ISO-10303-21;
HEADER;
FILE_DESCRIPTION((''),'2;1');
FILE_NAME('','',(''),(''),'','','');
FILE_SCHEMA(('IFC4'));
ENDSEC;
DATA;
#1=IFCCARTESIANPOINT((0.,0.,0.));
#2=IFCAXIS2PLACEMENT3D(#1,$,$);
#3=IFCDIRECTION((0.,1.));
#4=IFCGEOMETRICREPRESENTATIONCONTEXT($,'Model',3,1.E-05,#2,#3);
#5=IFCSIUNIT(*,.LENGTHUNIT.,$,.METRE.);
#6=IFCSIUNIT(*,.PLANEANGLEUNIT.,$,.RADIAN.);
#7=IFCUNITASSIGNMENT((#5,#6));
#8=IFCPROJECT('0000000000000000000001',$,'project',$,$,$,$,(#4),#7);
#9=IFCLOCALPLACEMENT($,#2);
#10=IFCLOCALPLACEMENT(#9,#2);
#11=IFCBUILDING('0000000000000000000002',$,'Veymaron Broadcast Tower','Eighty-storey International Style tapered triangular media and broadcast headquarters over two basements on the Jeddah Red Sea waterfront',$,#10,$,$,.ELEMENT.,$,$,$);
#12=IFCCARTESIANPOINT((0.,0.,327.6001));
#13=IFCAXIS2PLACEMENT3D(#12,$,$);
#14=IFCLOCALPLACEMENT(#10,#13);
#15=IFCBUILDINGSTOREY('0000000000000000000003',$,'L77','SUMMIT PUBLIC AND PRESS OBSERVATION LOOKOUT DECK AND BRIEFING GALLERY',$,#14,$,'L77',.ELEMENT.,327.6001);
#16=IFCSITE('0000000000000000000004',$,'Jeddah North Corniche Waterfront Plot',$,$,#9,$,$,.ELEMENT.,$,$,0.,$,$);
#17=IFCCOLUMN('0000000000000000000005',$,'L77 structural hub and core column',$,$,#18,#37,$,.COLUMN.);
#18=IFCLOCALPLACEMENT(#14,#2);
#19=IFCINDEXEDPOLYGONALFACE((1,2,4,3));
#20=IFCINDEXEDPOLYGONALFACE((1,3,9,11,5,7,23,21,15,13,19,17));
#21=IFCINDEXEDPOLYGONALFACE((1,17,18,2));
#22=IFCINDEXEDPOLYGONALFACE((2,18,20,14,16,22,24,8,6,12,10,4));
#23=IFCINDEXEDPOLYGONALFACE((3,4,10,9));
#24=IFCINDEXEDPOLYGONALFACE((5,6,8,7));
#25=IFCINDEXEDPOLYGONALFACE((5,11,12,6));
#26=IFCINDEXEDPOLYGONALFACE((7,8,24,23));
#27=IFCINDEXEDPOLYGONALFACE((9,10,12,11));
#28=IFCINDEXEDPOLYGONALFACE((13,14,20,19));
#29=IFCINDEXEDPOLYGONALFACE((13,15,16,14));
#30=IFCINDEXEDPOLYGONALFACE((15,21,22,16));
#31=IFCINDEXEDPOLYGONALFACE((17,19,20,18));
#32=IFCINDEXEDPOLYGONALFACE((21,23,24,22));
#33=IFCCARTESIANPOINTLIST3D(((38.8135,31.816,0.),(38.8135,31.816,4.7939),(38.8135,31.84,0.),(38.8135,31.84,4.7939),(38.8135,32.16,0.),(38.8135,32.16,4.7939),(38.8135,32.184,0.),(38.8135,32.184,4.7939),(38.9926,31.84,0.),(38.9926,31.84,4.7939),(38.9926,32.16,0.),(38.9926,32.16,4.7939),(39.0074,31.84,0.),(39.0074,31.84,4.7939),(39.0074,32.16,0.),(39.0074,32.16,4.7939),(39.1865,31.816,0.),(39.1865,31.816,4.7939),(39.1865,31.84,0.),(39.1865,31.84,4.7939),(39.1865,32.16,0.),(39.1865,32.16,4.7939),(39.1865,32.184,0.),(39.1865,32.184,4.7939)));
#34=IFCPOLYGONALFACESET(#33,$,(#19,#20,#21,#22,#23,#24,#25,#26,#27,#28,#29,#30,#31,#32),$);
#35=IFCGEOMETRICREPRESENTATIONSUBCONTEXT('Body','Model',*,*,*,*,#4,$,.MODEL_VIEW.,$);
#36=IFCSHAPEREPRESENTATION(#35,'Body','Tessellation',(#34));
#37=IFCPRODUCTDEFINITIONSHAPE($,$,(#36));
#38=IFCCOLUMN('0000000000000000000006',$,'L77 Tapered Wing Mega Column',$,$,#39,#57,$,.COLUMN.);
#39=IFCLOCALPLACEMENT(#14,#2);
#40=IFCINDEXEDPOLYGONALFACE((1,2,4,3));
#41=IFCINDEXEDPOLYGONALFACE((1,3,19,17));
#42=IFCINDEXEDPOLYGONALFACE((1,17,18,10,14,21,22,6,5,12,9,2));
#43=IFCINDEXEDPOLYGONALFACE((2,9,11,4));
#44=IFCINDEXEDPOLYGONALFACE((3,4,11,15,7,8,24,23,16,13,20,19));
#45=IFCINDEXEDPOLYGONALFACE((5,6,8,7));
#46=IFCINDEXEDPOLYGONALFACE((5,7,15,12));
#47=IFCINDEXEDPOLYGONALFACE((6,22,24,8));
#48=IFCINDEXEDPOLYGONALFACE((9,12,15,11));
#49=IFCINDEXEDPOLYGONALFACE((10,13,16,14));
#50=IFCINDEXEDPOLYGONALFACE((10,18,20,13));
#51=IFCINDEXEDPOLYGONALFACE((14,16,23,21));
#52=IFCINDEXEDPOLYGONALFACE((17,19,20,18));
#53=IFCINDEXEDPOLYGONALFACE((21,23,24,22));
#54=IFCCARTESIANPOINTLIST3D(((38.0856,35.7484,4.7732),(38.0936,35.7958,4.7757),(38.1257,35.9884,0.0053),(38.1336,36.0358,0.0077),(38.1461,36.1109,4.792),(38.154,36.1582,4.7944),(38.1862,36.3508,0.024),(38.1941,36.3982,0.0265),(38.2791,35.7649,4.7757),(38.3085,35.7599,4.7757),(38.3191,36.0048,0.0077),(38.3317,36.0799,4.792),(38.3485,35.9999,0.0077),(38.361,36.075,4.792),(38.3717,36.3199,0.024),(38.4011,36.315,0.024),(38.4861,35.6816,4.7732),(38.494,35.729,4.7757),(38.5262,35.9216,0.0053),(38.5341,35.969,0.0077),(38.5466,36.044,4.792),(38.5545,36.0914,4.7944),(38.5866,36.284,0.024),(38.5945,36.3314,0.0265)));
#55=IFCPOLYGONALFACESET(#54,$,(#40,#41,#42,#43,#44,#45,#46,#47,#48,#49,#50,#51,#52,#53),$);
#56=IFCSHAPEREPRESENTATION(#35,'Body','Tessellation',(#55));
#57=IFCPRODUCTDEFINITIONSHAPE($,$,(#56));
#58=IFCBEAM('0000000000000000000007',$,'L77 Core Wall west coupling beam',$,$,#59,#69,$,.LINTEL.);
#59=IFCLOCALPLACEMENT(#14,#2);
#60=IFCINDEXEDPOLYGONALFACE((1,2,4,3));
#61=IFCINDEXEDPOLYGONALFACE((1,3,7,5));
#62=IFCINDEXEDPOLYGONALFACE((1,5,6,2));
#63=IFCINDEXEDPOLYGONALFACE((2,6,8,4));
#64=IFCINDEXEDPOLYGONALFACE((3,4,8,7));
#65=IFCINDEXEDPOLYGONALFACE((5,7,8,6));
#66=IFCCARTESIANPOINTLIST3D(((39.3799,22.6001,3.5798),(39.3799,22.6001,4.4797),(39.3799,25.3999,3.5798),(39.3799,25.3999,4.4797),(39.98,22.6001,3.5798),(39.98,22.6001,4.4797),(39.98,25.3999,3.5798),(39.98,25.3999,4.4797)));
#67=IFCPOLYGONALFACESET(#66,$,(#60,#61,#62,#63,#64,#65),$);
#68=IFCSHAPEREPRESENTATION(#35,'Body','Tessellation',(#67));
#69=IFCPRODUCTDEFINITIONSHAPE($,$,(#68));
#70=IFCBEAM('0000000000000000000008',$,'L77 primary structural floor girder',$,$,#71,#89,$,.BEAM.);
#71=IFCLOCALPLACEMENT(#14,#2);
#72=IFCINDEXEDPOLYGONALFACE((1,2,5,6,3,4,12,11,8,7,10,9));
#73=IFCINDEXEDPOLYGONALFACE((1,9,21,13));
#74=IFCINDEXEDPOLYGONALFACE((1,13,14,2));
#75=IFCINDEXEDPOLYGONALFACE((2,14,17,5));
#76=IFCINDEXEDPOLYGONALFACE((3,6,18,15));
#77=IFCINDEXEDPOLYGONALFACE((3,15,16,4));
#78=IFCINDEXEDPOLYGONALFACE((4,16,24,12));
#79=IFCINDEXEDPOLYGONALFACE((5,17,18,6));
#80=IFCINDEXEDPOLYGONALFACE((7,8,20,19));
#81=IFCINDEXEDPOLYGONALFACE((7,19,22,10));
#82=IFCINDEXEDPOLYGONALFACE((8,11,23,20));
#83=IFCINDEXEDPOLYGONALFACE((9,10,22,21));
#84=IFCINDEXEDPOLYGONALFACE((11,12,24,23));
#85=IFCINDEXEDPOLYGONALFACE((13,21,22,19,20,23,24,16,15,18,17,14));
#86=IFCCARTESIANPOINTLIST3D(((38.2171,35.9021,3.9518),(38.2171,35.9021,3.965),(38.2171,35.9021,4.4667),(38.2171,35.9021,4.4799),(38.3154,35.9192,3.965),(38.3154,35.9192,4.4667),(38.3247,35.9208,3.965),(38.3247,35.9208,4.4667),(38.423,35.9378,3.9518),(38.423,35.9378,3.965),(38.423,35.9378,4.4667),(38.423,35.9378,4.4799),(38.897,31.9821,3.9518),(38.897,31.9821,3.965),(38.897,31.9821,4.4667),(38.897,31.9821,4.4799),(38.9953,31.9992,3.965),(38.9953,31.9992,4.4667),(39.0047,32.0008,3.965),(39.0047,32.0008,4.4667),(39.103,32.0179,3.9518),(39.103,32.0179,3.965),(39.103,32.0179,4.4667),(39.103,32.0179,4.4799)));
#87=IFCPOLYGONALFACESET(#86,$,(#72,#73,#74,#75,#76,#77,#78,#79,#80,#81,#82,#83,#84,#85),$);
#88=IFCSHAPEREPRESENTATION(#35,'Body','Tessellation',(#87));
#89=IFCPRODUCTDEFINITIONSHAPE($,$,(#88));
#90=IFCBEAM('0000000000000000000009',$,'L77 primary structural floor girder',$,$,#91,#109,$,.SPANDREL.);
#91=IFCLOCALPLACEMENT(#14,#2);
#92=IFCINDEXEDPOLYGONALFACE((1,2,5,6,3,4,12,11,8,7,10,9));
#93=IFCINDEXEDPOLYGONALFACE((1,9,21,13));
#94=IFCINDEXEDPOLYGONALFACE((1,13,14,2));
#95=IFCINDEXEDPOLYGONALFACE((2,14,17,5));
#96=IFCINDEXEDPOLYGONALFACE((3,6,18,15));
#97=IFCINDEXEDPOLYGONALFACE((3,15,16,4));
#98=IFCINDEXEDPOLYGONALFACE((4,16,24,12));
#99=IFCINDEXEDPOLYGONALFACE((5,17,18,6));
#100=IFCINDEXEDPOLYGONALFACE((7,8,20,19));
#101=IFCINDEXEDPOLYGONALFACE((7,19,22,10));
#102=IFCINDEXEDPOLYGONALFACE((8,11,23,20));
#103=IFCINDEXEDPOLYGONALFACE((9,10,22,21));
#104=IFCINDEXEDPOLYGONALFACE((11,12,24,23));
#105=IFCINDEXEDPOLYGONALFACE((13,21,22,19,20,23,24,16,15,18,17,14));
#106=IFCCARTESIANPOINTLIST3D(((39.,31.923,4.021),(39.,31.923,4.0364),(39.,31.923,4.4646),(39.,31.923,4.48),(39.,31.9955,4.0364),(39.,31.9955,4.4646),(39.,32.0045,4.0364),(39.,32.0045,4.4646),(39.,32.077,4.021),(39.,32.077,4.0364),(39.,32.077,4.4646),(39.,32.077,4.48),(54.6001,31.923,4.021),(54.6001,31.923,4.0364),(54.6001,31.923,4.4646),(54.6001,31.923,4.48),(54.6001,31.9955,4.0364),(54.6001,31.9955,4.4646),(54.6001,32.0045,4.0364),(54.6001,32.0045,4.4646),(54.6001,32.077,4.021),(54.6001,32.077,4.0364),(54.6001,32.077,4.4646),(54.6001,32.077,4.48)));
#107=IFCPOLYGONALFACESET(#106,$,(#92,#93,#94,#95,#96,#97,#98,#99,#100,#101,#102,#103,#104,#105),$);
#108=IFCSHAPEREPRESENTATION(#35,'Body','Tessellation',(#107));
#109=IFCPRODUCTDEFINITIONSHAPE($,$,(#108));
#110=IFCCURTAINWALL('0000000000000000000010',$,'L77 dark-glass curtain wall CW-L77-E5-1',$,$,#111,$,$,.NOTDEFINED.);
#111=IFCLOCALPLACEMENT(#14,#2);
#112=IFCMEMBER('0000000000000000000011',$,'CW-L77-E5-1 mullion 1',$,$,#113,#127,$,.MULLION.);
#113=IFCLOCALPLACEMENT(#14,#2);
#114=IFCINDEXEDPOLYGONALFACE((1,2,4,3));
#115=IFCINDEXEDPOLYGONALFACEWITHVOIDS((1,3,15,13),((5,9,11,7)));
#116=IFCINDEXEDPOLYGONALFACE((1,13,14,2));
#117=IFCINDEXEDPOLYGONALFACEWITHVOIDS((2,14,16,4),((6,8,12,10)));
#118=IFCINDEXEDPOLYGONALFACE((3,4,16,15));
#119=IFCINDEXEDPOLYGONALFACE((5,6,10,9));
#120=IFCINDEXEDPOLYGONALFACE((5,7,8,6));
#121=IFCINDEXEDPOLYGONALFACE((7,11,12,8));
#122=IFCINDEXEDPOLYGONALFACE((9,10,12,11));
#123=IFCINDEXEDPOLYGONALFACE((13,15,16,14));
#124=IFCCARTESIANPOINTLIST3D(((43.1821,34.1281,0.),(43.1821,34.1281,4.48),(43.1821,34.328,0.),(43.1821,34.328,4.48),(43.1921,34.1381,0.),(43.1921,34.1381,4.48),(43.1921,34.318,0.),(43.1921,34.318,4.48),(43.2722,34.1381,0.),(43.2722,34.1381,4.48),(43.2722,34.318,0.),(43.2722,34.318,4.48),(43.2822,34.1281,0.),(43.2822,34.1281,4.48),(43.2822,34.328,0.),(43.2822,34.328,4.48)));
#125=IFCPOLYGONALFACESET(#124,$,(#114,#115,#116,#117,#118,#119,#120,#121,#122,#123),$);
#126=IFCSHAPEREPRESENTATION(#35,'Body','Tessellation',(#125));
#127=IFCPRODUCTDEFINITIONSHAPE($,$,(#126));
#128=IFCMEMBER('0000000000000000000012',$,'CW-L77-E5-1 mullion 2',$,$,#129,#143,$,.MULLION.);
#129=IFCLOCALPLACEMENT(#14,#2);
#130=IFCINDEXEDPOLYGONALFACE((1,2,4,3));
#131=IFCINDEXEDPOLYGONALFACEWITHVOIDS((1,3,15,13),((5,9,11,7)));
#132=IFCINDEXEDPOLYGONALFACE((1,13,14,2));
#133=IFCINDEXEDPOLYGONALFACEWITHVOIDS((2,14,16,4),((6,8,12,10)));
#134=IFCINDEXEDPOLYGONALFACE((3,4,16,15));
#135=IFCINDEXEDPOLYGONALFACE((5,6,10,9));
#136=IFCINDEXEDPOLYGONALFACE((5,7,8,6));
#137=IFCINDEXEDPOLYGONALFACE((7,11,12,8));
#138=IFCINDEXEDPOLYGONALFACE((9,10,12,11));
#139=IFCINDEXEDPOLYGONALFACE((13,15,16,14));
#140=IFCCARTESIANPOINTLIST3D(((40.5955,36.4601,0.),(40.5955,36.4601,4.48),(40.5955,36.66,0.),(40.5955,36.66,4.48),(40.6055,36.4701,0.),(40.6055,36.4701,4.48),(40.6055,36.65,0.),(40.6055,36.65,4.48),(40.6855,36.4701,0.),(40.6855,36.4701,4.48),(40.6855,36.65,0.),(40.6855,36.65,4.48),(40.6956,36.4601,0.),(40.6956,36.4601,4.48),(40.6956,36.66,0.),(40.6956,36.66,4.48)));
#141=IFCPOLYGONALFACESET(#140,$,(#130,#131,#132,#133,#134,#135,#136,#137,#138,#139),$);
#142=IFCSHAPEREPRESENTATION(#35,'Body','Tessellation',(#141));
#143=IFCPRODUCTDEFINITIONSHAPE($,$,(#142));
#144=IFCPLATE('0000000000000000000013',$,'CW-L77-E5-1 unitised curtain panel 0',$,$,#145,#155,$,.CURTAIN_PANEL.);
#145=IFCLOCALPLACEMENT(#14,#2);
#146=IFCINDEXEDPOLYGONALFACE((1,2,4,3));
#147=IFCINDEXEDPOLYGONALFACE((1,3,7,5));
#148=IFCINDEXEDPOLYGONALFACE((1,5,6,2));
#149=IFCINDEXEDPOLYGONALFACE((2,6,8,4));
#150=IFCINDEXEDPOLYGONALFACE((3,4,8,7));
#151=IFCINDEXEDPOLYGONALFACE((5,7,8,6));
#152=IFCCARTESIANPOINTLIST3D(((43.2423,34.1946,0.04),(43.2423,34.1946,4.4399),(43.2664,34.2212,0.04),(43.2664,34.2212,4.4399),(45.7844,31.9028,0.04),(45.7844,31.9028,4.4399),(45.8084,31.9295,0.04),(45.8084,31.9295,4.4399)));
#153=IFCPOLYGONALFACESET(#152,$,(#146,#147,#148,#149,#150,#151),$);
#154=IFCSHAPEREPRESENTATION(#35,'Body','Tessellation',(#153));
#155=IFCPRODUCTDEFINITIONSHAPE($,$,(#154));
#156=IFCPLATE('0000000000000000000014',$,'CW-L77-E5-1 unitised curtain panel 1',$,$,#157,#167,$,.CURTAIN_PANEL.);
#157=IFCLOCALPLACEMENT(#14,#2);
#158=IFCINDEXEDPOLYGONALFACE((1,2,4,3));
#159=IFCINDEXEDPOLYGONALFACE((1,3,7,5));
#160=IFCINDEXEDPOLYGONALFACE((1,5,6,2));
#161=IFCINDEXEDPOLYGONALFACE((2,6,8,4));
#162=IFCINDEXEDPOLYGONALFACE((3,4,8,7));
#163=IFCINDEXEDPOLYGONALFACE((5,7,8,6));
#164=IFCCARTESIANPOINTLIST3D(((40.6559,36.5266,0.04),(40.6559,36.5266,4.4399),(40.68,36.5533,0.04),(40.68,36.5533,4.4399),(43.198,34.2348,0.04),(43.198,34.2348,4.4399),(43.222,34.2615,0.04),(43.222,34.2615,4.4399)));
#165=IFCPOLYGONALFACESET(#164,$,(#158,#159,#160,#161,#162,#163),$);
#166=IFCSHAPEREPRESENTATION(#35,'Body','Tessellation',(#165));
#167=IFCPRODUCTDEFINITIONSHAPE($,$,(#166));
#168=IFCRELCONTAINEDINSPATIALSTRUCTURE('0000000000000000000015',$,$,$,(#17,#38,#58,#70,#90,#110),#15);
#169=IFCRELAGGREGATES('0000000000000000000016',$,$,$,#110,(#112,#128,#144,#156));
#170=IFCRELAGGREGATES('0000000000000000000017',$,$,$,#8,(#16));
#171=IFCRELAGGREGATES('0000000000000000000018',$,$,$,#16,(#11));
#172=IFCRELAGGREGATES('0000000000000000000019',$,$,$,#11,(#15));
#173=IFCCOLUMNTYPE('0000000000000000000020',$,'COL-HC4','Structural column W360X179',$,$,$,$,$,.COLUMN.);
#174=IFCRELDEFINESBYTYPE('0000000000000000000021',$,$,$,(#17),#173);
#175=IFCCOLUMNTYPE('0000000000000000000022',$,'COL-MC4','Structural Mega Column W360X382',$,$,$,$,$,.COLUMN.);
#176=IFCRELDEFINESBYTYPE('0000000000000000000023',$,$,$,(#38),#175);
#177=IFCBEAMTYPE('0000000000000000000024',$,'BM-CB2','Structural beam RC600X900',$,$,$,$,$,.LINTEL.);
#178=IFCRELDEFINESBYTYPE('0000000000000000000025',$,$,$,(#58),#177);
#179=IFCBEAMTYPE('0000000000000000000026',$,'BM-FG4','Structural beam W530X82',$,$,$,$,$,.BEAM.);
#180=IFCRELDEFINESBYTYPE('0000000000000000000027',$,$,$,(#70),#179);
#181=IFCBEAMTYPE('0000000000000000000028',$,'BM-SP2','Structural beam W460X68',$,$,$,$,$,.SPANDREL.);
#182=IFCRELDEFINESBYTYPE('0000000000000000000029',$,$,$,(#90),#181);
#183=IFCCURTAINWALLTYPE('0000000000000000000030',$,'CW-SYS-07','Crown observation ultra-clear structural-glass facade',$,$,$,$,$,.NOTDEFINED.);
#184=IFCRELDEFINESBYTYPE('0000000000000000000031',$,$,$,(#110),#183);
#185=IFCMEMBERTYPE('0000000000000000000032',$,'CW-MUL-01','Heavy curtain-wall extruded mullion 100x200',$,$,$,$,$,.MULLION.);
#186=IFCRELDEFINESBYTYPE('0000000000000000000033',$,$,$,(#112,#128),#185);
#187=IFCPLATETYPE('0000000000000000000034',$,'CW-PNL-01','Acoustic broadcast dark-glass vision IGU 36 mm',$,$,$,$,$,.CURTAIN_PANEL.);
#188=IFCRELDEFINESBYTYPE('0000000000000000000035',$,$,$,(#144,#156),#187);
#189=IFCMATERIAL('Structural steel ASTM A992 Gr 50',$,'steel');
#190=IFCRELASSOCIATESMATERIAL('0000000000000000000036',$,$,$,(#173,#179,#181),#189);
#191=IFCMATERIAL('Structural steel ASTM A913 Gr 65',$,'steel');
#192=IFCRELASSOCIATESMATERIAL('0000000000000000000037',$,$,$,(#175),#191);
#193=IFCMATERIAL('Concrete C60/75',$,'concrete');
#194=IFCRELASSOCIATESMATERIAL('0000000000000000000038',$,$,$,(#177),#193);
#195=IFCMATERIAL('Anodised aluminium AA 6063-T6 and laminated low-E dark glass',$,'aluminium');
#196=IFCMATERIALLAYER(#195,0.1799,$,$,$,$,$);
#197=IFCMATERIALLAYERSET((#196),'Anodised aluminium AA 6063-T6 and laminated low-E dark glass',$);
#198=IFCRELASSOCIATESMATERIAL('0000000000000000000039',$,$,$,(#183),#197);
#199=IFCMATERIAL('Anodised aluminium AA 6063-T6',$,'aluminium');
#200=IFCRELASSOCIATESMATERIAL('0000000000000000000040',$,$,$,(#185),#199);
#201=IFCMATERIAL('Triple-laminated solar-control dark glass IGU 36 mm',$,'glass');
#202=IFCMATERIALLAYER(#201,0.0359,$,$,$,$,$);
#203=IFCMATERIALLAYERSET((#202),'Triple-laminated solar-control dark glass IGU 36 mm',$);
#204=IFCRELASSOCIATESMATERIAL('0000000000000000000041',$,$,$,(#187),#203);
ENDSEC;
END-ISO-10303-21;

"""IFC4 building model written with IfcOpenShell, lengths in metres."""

from ifc_helpers import new_model, si_unit, direction, frame, origin, origin_2d, place, context, subcontext, project, spatial, rectangle, hollow_rectangle, i_section, extrude, material, layer, layer_set, material_profile, profile_set, type_object, element, aggregate, save


model = new_model("IFC4")

# Units and contexts
model_context = context("Model", 3, precision=1e-05, world=origin(), true_north=direction((0.0, 1.0)))
body_context = subcontext(model_context, "Body", "Model", "MODEL_VIEW")
ifc_project = project(units=[si_unit("LENGTHUNIT", "METRE"), si_unit("PLANEANGLEUNIT", "RADIAN")], contexts=[model_context])

# Site, building, storey
site_placement = place(None, origin())
site = spatial("IfcSite", under=ifc_project, at=site_placement, Name="Jeddah North Corniche Waterfront Plot", CompositionType="ELEMENT", RefElevation=0.0)
building_placement = place(site_placement, origin())
building = spatial("IfcBuilding", under=site, at=building_placement, Name="Veymaron Broadcast Tower", Description="Eighty-storey International Style tapered triangular media and broadcast headquarters over two basements on the Jeddah Red Sea waterfront", CompositionType="ELEMENT")
storey_placement = place(building_placement, frame((0.0, 0.0, 327.6001)))
storey = spatial("IfcBuildingStorey", under=building, at=storey_placement, Name="L77", Description="SUMMIT PUBLIC AND PRESS OBSERVATION LOOKOUT DECK AND BRIEFING GALLERY", LongName="L77", CompositionType="ELEMENT", Elevation=327.6001)

# Columns
ifc_material_1 = material(Name="Structural steel ASTM A992 Gr 50", Category="steel")
ifc_material_profile_1 = material_profile(ifc_material_1, i_section(OverallWidth=0.373, OverallDepth=0.3679, WebThickness=0.0149, FlangeThickness=0.0239, at=origin_2d()), Name="W360X179")
ifc_profile_set_1 = profile_set([ifc_material_profile_1], Name="Structural steel ASTM A992 Gr 50")
column_type_1 = type_object("IfcColumnType", Name="COL-HC4", Description="Structural column W360X179", PredefinedType="COLUMN", material=ifc_profile_set_1)
column_1_placement = place(storey_placement, frame((39.0, 32.0, 0.0), z_axis=(0.0, 0.0, 1.0), x_axis=(1.0, 0.0, 0.0)))
element("IfcColumn", 1, at=column_1_placement, inside=storey, type_object=column_type_1, Name="L77 structural hub and core column", PredefinedType="COLUMN", context=body_context, shape_type="SweptSolid", body=[
    extrude(i_section(OverallWidth=0.373, OverallDepth=0.3679, WebThickness=0.0149, FlangeThickness=0.0239, at=origin_2d()), origin(), (0.0, 0.0, 1.0), 4.7939),
])
ifc_material_2 = material(Name="Structural steel ASTM A913 Gr 65", Category="steel")
ifc_material_profile_2 = material_profile(ifc_material_2, i_section(OverallWidth=0.406, OverallDepth=0.416, WebThickness=0.0298, FlangeThickness=0.0481, at=origin_2d()), Name="W360X382")
ifc_profile_set_2 = profile_set([ifc_material_profile_2], Name="Structural steel ASTM A913 Gr 65")
column_type_2 = type_object("IfcColumnType", Name="COL-MC4", Description="Structural Mega Column W360X382", PredefinedType="COLUMN", material=ifc_profile_set_2)
column_2_placement = place(storey_placement, frame((38.3601, 36.1599, 0.0159), z_axis=(-0.008386, -0.050267, 0.998701), x_axis=(0.986367, -0.164562, 0.0)))
element("IfcColumn", 2, at=column_2_placement, inside=storey, type_object=column_type_2, Name="L77 Tapered Wing Mega Column", PredefinedType="COLUMN", context=body_context, shape_type="SweptSolid", body=[
    extrude(i_section(OverallWidth=0.406, OverallDepth=0.416, WebThickness=0.0298, FlangeThickness=0.0481, at=origin_2d()), origin(), (0.0, 0.0, 1.0), 4.7742),
])

# Beams
ifc_material_3 = material(Name="Concrete C60/75", Category="concrete")
ifc_material_profile_3 = material_profile(ifc_material_3, rectangle(XDim=0.6001, YDim=0.8999, at=origin_2d()), Name="RC600X900")
ifc_profile_set_3 = profile_set([ifc_material_profile_3], Name="Concrete C60/75")
beam_type_1 = type_object("IfcBeamType", Name="BM-CB2", Description="Structural beam RC600X900", PredefinedType="LINTEL", material=ifc_profile_set_3)
beam_1_placement = place(storey_placement, frame((39.6799, 22.6001, 4.0298), z_axis=(0.0, 1.0, 0.0), x_axis=(-1.0, 0.0, 0.0)))
element("IfcBeam", 3, at=beam_1_placement, inside=storey, type_object=beam_type_1, Name="L77 Core Wall west coupling beam", PredefinedType="LINTEL", context=body_context, shape_type="SweptSolid", body=[
    extrude(rectangle(XDim=0.6001, YDim=0.8999, at=origin_2d()), origin(), (0.0, 0.0, 1.0), 2.7998),
])
ifc_material_profile_4 = material_profile(ifc_material_1, i_section(OverallWidth=0.209, OverallDepth=0.5281, WebThickness=0.0095, FlangeThickness=0.0132, at=origin_2d()), Name="W530X82")
ifc_profile_set_4 = profile_set([ifc_material_profile_4], Name="Structural steel ASTM A992 Gr 50")
beam_type_2 = type_object("IfcBeamType", Name="BM-FG4", Description="Structural beam W530X82", PredefinedType="BEAM", material=ifc_profile_set_4)
beam_2_placement = place(storey_placement, frame((39.0, 32.0, 4.2158), z_axis=(-0.170903, 0.985288, 0.0), x_axis=(-0.985288, -0.170903, 0.0)))
element("IfcBeam", 4, at=beam_2_placement, inside=storey, type_object=beam_type_2, Name="L77 primary structural floor girder", PredefinedType="BEAM", context=body_context, shape_type="SweptSolid", body=[
    extrude(i_section(OverallWidth=0.209, OverallDepth=0.5281, WebThickness=0.0095, FlangeThickness=0.0132, at=origin_2d()), origin(), (0.0, 0.0, 1.0), 3.9785),
])
ifc_material_profile_5 = material_profile(ifc_material_1, i_section(OverallWidth=0.1541, OverallDepth=0.459, WebThickness=0.009, FlangeThickness=0.0154, at=origin_2d()), Name="W460X68")
ifc_profile_set_5 = profile_set([ifc_material_profile_5], Name="Structural steel ASTM A992 Gr 50")
beam_type_3 = type_object("IfcBeamType", Name="BM-SP2", Description="Structural beam W460X68", PredefinedType="SPANDREL", material=ifc_profile_set_5)
beam_3_placement = place(storey_placement, frame((39.0, 32.0, 4.2505), z_axis=(1.0, 0.0, 0.0), x_axis=(0.0, 1.0, 0.0)))
element("IfcBeam", 5, at=beam_3_placement, inside=storey, type_object=beam_type_3, Name="L77 primary structural floor girder", PredefinedType="SPANDREL", context=body_context, shape_type="SweptSolid", body=[
    extrude(i_section(OverallWidth=0.1541, OverallDepth=0.459, WebThickness=0.009, FlangeThickness=0.0154, at=origin_2d()), origin(), (0.0, 0.0, 1.0), 15.6001),
])

# Curtain wall, members, plates
ifc_material_4 = material(Name="Anodised aluminium AA 6063-T6 and laminated low-E dark glass", Category="aluminium")
ifc_layer_1 = layer(ifc_material_4, 0.1799)
ifc_layer_set_1 = layer_set([ifc_layer_1], Name="Anodised aluminium AA 6063-T6 and laminated low-E dark glass")
curtain_wall_type = type_object("IfcCurtainWallType", Name="CW-SYS-07", Description="Crown observation ultra-clear structural-glass facade", PredefinedType="NOTDEFINED", material=ifc_layer_set_1)
curtain_wall_placement = place(storey_placement, origin())
curtain_wall = element("IfcCurtainWall", 6, at=curtain_wall_placement, inside=storey, type_object=curtain_wall_type, Name="L77 dark-glass curtain wall CW-L77-E5-1", PredefinedType="NOTDEFINED")
ifc_material_5 = material(Name="Anodised aluminium AA 6063-T6", Category="aluminium")
ifc_material_profile_6 = material_profile(ifc_material_5, hollow_rectangle(XDim=0.1001, YDim=0.2, WallThickness=0.01, at=origin_2d()), Name="RHS200X100X10")
ifc_profile_set_6 = profile_set([ifc_material_profile_6], Name="Anodised aluminium AA 6063-T6")
member_type = type_object("IfcMemberType", Name="CW-MUL-01", Description="Heavy curtain-wall extruded mullion 100x200", PredefinedType="MULLION", material=ifc_profile_set_6)
member_1_placement = place(storey_placement, frame((43.2322, 34.228, 0.0), z_axis=(0.0, 0.0, 1.0), x_axis=(1.0, 0.0, 0.0)))
member_1 = element("IfcMember", 7, at=member_1_placement, type_object=member_type, Name="CW-L77-E5-1 mullion 1", PredefinedType="MULLION", context=body_context, shape_type="SweptSolid", body=[
    extrude(hollow_rectangle(XDim=0.1001, YDim=0.2, WallThickness=0.01, at=origin_2d()), origin(), (0.0, 0.0, 1.0), 4.48),
])
member_2_placement = place(storey_placement, frame((40.6455, 36.5601, 0.0), z_axis=(0.0, 0.0, 1.0), x_axis=(1.0, 0.0, 0.0)))
member_2 = element("IfcMember", 8, at=member_2_placement, type_object=member_type, Name="CW-L77-E5-1 mullion 2", PredefinedType="MULLION", context=body_context, shape_type="SweptSolid", body=[
    extrude(hollow_rectangle(XDim=0.1001, YDim=0.2, WallThickness=0.01, at=origin_2d()), origin(), (0.0, 0.0, 1.0), 4.48),
])
ifc_material_6 = material(Name="Triple-laminated solar-control dark glass IGU 36 mm", Category="glass")
ifc_layer_2 = layer(ifc_material_6, 0.0359)
ifc_layer_set_2 = layer_set([ifc_layer_2], Name="Triple-laminated solar-control dark glass IGU 36 mm")
plate_type = type_object("IfcPlateType", Name="CW-PNL-01", Description="Acoustic broadcast dark-glass vision IGU 36 mm", PredefinedType="CURTAIN_PANEL", material=ifc_layer_set_2)
plate_1_placement = place(storey_placement, frame((44.5254, 33.062, 0.04), z_axis=(0.0, 0.0, 1.0), x_axis=(-0.742724, 0.669597, 0.0)))
plate_1 = element("IfcPlate", 9, at=plate_1_placement, type_object=plate_type, Name="CW-L77-E5-1 unitised curtain panel 0", PredefinedType="CURTAIN_PANEL", context=body_context, shape_type="SweptSolid", body=[
    extrude(rectangle(XDim=3.4226, YDim=0.0359, at=origin_2d()), origin(), (0.0, 0.0, 1.0), 4.3999),
])
plate_2_placement = place(storey_placement, frame((41.939, 35.394, 0.04), z_axis=(0.0, 0.0, 1.0), x_axis=(-0.742724, 0.669597, 0.0)))
plate_2 = element("IfcPlate", 10, at=plate_2_placement, type_object=plate_type, Name="CW-L77-E5-1 unitised curtain panel 1", PredefinedType="CURTAIN_PANEL", context=body_context, shape_type="SweptSolid", body=[
    extrude(rectangle(XDim=3.4226, YDim=0.0359, at=origin_2d()), origin(), (0.0, 0.0, 1.0), 4.3999),
])
aggregate(curtain_wall, [member_1, member_2, plate_1, plate_2])

save(model, "model.ifc")
